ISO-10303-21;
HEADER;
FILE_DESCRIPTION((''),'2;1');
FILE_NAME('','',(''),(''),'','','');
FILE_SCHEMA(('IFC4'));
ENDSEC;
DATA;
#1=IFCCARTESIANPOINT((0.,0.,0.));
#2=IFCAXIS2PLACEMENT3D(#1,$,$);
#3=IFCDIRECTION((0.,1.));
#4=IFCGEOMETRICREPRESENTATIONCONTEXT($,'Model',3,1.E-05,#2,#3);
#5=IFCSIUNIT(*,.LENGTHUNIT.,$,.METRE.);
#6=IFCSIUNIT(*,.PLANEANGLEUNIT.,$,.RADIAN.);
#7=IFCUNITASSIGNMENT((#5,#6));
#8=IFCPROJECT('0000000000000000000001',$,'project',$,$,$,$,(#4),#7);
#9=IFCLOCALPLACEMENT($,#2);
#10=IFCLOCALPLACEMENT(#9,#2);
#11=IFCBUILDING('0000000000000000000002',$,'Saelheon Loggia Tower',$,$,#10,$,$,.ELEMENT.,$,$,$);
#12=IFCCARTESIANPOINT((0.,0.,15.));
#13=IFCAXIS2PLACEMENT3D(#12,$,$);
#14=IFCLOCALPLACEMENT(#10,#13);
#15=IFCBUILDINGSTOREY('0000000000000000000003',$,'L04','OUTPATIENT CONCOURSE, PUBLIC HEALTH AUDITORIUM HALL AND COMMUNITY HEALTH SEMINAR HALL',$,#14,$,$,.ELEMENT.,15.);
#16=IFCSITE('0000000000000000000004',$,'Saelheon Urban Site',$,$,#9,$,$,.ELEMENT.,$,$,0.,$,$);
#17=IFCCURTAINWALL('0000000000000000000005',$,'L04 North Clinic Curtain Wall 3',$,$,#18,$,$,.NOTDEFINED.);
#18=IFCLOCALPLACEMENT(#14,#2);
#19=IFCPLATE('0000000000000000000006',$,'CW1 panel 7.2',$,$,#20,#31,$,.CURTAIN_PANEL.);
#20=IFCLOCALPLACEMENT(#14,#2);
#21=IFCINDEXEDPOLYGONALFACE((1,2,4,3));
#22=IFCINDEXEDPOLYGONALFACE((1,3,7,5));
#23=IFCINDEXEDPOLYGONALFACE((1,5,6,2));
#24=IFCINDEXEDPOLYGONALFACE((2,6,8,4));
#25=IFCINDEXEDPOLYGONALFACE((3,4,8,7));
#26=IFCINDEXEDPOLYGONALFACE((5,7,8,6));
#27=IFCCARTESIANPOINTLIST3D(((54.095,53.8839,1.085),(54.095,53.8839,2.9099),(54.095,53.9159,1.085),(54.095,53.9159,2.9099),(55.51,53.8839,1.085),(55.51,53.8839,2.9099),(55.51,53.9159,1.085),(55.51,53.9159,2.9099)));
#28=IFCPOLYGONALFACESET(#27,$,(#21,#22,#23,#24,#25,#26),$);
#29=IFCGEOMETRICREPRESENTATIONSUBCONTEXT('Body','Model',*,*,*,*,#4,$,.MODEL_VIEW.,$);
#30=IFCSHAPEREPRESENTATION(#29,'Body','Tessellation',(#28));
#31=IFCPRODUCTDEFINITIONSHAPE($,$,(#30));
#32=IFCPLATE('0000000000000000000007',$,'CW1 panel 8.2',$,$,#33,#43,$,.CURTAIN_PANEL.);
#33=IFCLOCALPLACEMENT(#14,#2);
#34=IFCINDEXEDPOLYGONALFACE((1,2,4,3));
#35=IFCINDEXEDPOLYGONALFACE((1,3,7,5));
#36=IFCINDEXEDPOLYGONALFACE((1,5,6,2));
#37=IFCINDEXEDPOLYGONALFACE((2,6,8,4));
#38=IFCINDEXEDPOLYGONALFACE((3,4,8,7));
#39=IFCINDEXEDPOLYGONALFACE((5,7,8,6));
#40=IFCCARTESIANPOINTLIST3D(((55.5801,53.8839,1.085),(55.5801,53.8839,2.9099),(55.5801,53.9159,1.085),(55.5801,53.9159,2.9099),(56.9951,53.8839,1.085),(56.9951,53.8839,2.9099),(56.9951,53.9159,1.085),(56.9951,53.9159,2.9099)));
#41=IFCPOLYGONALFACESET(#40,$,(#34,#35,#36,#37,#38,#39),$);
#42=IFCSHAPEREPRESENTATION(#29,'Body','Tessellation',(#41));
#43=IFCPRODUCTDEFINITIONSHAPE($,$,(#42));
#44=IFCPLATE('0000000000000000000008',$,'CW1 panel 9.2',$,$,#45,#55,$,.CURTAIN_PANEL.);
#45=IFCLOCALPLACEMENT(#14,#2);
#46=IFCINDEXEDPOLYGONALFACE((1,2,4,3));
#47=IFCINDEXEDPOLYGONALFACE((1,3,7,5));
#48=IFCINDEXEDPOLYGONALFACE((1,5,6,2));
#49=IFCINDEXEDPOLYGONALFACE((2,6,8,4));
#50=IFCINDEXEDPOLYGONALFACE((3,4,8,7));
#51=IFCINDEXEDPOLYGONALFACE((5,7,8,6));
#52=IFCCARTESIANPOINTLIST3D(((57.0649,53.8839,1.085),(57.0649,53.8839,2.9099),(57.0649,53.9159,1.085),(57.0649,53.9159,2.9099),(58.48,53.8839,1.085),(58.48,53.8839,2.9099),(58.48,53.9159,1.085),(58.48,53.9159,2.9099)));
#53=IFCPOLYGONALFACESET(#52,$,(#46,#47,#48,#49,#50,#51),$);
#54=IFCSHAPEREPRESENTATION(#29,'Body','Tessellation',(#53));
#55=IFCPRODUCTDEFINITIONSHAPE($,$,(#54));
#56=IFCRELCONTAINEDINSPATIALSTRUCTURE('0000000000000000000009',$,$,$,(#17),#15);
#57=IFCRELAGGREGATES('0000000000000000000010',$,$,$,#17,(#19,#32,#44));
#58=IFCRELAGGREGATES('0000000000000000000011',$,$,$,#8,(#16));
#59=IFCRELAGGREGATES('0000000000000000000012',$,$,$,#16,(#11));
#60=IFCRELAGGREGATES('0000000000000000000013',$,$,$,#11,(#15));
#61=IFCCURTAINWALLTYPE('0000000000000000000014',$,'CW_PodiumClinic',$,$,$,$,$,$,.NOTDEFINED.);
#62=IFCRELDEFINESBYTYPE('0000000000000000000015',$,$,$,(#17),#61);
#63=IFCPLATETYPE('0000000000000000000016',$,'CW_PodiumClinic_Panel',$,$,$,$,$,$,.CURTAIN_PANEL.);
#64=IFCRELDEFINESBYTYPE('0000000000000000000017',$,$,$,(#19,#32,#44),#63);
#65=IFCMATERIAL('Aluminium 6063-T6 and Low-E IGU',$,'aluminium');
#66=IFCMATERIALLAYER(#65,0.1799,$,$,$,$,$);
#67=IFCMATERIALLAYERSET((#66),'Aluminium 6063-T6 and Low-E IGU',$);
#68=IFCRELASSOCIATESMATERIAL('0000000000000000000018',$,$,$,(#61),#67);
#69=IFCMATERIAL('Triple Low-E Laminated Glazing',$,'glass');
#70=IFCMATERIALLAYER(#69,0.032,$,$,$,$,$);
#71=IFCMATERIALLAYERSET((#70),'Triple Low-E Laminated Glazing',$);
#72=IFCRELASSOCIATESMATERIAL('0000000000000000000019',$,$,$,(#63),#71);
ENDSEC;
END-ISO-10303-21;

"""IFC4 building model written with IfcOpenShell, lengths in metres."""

from ifc_helpers import new_model, si_unit, direction, frame, origin, origin_2d, place, context, subcontext, project, spatial, rectangle, extrude, source, transform, mapped, material, layer, layer_set, type_object, element, aggregate, save


model = new_model("IFC4")

# Units and contexts
model_context = context("Model", 3, precision=1e-05, world=origin(), true_north=direction((0.0, 1.0)))
body_context = subcontext(model_context, "Body", "Model", "MODEL_VIEW")
ifc_project = project(units=[si_unit("LENGTHUNIT", "METRE"), si_unit("PLANEANGLEUNIT", "RADIAN")], contexts=[model_context])

# Site, building, storey
site_placement = place(None, origin())
site = spatial("IfcSite", under=ifc_project, at=site_placement, Name="Saelheon Urban Site", CompositionType="ELEMENT", RefElevation=0.0)
building_placement = place(site_placement, origin())
building = spatial("IfcBuilding", under=site, at=building_placement, Name="Saelheon Loggia Tower", CompositionType="ELEMENT")
storey_placement = place(building_placement, frame((0.0, 0.0, 15.0)))
storey = spatial("IfcBuildingStorey", under=building, at=storey_placement, Name="L04", Description="OUTPATIENT CONCOURSE, PUBLIC HEALTH AUDITORIUM HALL AND COMMUNITY HEALTH SEMINAR HALL", CompositionType="ELEMENT", Elevation=15.0)

# Curtain wall, plates
ifc_material_1 = material(Name="Aluminium 6063-T6 and Low-E IGU", Category="aluminium")
ifc_layer_1 = layer(ifc_material_1, 0.1799)
ifc_layer_set_1 = layer_set([ifc_layer_1], Name="Aluminium 6063-T6 and Low-E IGU")
curtain_wall_type = type_object("IfcCurtainWallType", Name="CW_PodiumClinic", PredefinedType="NOTDEFINED", material=ifc_layer_set_1)
curtain_wall_placement = place(storey_placement, origin())
curtain_wall = element("IfcCurtainWall", 1, at=curtain_wall_placement, inside=storey, type_object=curtain_wall_type, Name="L04 North Clinic Curtain Wall 3", PredefinedType="NOTDEFINED")
ifc_material_2 = material(Name="Triple Low-E Laminated Glazing", Category="glass")
ifc_layer_2 = layer(ifc_material_2, 0.032)
ifc_layer_set_2 = layer_set([ifc_layer_2], Name="Triple Low-E Laminated Glazing")
plate_type = type_object("IfcPlateType", Name="CW_PodiumClinic_Panel", PredefinedType="CURTAIN_PANEL", material=ifc_layer_set_2)
shared_shape_1 = source(origin(), body_context, "Body", "SweptSolid", [
    extrude(rectangle(XDim=1.415, YDim=0.032, at=origin_2d()), origin(), (0.0, 0.0, 1.0), 1.825),
])
plate_1_placement = place(storey_placement, frame((54.8025, 53.8999, 1.085), z_axis=(0.0, 0.0, 1.0), x_axis=(1.0, 0.0, 0.0)))
plate_1 = element("IfcPlate", 2, at=plate_1_placement, type_object=plate_type, Name="CW1 panel 7.2", PredefinedType="CURTAIN_PANEL", context=body_context, shape_type="MappedRepresentation", body=[
    mapped(shared_shape_1, transform((0.0, 0.0, 0.0), scale=1.0)),
])
plate_2_placement = place(storey_placement, frame((56.2876, 53.8999, 1.085), z_axis=(0.0, 0.0, 1.0), x_axis=(1.0, 0.0, 0.0)))
plate_2 = element("IfcPlate", 3, at=plate_2_placement, type_object=plate_type, Name="CW1 panel 8.2", PredefinedType="CURTAIN_PANEL", context=body_context, shape_type="MappedRepresentation", body=[
    mapped(shared_shape_1, transform((0.0, 0.0, 0.0), scale=1.0)),
])
plate_3_placement = place(storey_placement, frame((57.7725, 53.8999, 1.085), z_axis=(0.0, 0.0, 1.0), x_axis=(1.0, 0.0, 0.0)))
plate_3 = element("IfcPlate", 4, at=plate_3_placement, type_object=plate_type, Name="CW1 panel 9.2", PredefinedType="CURTAIN_PANEL", context=body_context, shape_type="MappedRepresentation", body=[
    mapped(shared_shape_1, transform((0.0, 0.0, 0.0), scale=1.0)),
])
aggregate(curtain_wall, [plate_1, plate_2, plate_3])

save(model, "model.ifc")
